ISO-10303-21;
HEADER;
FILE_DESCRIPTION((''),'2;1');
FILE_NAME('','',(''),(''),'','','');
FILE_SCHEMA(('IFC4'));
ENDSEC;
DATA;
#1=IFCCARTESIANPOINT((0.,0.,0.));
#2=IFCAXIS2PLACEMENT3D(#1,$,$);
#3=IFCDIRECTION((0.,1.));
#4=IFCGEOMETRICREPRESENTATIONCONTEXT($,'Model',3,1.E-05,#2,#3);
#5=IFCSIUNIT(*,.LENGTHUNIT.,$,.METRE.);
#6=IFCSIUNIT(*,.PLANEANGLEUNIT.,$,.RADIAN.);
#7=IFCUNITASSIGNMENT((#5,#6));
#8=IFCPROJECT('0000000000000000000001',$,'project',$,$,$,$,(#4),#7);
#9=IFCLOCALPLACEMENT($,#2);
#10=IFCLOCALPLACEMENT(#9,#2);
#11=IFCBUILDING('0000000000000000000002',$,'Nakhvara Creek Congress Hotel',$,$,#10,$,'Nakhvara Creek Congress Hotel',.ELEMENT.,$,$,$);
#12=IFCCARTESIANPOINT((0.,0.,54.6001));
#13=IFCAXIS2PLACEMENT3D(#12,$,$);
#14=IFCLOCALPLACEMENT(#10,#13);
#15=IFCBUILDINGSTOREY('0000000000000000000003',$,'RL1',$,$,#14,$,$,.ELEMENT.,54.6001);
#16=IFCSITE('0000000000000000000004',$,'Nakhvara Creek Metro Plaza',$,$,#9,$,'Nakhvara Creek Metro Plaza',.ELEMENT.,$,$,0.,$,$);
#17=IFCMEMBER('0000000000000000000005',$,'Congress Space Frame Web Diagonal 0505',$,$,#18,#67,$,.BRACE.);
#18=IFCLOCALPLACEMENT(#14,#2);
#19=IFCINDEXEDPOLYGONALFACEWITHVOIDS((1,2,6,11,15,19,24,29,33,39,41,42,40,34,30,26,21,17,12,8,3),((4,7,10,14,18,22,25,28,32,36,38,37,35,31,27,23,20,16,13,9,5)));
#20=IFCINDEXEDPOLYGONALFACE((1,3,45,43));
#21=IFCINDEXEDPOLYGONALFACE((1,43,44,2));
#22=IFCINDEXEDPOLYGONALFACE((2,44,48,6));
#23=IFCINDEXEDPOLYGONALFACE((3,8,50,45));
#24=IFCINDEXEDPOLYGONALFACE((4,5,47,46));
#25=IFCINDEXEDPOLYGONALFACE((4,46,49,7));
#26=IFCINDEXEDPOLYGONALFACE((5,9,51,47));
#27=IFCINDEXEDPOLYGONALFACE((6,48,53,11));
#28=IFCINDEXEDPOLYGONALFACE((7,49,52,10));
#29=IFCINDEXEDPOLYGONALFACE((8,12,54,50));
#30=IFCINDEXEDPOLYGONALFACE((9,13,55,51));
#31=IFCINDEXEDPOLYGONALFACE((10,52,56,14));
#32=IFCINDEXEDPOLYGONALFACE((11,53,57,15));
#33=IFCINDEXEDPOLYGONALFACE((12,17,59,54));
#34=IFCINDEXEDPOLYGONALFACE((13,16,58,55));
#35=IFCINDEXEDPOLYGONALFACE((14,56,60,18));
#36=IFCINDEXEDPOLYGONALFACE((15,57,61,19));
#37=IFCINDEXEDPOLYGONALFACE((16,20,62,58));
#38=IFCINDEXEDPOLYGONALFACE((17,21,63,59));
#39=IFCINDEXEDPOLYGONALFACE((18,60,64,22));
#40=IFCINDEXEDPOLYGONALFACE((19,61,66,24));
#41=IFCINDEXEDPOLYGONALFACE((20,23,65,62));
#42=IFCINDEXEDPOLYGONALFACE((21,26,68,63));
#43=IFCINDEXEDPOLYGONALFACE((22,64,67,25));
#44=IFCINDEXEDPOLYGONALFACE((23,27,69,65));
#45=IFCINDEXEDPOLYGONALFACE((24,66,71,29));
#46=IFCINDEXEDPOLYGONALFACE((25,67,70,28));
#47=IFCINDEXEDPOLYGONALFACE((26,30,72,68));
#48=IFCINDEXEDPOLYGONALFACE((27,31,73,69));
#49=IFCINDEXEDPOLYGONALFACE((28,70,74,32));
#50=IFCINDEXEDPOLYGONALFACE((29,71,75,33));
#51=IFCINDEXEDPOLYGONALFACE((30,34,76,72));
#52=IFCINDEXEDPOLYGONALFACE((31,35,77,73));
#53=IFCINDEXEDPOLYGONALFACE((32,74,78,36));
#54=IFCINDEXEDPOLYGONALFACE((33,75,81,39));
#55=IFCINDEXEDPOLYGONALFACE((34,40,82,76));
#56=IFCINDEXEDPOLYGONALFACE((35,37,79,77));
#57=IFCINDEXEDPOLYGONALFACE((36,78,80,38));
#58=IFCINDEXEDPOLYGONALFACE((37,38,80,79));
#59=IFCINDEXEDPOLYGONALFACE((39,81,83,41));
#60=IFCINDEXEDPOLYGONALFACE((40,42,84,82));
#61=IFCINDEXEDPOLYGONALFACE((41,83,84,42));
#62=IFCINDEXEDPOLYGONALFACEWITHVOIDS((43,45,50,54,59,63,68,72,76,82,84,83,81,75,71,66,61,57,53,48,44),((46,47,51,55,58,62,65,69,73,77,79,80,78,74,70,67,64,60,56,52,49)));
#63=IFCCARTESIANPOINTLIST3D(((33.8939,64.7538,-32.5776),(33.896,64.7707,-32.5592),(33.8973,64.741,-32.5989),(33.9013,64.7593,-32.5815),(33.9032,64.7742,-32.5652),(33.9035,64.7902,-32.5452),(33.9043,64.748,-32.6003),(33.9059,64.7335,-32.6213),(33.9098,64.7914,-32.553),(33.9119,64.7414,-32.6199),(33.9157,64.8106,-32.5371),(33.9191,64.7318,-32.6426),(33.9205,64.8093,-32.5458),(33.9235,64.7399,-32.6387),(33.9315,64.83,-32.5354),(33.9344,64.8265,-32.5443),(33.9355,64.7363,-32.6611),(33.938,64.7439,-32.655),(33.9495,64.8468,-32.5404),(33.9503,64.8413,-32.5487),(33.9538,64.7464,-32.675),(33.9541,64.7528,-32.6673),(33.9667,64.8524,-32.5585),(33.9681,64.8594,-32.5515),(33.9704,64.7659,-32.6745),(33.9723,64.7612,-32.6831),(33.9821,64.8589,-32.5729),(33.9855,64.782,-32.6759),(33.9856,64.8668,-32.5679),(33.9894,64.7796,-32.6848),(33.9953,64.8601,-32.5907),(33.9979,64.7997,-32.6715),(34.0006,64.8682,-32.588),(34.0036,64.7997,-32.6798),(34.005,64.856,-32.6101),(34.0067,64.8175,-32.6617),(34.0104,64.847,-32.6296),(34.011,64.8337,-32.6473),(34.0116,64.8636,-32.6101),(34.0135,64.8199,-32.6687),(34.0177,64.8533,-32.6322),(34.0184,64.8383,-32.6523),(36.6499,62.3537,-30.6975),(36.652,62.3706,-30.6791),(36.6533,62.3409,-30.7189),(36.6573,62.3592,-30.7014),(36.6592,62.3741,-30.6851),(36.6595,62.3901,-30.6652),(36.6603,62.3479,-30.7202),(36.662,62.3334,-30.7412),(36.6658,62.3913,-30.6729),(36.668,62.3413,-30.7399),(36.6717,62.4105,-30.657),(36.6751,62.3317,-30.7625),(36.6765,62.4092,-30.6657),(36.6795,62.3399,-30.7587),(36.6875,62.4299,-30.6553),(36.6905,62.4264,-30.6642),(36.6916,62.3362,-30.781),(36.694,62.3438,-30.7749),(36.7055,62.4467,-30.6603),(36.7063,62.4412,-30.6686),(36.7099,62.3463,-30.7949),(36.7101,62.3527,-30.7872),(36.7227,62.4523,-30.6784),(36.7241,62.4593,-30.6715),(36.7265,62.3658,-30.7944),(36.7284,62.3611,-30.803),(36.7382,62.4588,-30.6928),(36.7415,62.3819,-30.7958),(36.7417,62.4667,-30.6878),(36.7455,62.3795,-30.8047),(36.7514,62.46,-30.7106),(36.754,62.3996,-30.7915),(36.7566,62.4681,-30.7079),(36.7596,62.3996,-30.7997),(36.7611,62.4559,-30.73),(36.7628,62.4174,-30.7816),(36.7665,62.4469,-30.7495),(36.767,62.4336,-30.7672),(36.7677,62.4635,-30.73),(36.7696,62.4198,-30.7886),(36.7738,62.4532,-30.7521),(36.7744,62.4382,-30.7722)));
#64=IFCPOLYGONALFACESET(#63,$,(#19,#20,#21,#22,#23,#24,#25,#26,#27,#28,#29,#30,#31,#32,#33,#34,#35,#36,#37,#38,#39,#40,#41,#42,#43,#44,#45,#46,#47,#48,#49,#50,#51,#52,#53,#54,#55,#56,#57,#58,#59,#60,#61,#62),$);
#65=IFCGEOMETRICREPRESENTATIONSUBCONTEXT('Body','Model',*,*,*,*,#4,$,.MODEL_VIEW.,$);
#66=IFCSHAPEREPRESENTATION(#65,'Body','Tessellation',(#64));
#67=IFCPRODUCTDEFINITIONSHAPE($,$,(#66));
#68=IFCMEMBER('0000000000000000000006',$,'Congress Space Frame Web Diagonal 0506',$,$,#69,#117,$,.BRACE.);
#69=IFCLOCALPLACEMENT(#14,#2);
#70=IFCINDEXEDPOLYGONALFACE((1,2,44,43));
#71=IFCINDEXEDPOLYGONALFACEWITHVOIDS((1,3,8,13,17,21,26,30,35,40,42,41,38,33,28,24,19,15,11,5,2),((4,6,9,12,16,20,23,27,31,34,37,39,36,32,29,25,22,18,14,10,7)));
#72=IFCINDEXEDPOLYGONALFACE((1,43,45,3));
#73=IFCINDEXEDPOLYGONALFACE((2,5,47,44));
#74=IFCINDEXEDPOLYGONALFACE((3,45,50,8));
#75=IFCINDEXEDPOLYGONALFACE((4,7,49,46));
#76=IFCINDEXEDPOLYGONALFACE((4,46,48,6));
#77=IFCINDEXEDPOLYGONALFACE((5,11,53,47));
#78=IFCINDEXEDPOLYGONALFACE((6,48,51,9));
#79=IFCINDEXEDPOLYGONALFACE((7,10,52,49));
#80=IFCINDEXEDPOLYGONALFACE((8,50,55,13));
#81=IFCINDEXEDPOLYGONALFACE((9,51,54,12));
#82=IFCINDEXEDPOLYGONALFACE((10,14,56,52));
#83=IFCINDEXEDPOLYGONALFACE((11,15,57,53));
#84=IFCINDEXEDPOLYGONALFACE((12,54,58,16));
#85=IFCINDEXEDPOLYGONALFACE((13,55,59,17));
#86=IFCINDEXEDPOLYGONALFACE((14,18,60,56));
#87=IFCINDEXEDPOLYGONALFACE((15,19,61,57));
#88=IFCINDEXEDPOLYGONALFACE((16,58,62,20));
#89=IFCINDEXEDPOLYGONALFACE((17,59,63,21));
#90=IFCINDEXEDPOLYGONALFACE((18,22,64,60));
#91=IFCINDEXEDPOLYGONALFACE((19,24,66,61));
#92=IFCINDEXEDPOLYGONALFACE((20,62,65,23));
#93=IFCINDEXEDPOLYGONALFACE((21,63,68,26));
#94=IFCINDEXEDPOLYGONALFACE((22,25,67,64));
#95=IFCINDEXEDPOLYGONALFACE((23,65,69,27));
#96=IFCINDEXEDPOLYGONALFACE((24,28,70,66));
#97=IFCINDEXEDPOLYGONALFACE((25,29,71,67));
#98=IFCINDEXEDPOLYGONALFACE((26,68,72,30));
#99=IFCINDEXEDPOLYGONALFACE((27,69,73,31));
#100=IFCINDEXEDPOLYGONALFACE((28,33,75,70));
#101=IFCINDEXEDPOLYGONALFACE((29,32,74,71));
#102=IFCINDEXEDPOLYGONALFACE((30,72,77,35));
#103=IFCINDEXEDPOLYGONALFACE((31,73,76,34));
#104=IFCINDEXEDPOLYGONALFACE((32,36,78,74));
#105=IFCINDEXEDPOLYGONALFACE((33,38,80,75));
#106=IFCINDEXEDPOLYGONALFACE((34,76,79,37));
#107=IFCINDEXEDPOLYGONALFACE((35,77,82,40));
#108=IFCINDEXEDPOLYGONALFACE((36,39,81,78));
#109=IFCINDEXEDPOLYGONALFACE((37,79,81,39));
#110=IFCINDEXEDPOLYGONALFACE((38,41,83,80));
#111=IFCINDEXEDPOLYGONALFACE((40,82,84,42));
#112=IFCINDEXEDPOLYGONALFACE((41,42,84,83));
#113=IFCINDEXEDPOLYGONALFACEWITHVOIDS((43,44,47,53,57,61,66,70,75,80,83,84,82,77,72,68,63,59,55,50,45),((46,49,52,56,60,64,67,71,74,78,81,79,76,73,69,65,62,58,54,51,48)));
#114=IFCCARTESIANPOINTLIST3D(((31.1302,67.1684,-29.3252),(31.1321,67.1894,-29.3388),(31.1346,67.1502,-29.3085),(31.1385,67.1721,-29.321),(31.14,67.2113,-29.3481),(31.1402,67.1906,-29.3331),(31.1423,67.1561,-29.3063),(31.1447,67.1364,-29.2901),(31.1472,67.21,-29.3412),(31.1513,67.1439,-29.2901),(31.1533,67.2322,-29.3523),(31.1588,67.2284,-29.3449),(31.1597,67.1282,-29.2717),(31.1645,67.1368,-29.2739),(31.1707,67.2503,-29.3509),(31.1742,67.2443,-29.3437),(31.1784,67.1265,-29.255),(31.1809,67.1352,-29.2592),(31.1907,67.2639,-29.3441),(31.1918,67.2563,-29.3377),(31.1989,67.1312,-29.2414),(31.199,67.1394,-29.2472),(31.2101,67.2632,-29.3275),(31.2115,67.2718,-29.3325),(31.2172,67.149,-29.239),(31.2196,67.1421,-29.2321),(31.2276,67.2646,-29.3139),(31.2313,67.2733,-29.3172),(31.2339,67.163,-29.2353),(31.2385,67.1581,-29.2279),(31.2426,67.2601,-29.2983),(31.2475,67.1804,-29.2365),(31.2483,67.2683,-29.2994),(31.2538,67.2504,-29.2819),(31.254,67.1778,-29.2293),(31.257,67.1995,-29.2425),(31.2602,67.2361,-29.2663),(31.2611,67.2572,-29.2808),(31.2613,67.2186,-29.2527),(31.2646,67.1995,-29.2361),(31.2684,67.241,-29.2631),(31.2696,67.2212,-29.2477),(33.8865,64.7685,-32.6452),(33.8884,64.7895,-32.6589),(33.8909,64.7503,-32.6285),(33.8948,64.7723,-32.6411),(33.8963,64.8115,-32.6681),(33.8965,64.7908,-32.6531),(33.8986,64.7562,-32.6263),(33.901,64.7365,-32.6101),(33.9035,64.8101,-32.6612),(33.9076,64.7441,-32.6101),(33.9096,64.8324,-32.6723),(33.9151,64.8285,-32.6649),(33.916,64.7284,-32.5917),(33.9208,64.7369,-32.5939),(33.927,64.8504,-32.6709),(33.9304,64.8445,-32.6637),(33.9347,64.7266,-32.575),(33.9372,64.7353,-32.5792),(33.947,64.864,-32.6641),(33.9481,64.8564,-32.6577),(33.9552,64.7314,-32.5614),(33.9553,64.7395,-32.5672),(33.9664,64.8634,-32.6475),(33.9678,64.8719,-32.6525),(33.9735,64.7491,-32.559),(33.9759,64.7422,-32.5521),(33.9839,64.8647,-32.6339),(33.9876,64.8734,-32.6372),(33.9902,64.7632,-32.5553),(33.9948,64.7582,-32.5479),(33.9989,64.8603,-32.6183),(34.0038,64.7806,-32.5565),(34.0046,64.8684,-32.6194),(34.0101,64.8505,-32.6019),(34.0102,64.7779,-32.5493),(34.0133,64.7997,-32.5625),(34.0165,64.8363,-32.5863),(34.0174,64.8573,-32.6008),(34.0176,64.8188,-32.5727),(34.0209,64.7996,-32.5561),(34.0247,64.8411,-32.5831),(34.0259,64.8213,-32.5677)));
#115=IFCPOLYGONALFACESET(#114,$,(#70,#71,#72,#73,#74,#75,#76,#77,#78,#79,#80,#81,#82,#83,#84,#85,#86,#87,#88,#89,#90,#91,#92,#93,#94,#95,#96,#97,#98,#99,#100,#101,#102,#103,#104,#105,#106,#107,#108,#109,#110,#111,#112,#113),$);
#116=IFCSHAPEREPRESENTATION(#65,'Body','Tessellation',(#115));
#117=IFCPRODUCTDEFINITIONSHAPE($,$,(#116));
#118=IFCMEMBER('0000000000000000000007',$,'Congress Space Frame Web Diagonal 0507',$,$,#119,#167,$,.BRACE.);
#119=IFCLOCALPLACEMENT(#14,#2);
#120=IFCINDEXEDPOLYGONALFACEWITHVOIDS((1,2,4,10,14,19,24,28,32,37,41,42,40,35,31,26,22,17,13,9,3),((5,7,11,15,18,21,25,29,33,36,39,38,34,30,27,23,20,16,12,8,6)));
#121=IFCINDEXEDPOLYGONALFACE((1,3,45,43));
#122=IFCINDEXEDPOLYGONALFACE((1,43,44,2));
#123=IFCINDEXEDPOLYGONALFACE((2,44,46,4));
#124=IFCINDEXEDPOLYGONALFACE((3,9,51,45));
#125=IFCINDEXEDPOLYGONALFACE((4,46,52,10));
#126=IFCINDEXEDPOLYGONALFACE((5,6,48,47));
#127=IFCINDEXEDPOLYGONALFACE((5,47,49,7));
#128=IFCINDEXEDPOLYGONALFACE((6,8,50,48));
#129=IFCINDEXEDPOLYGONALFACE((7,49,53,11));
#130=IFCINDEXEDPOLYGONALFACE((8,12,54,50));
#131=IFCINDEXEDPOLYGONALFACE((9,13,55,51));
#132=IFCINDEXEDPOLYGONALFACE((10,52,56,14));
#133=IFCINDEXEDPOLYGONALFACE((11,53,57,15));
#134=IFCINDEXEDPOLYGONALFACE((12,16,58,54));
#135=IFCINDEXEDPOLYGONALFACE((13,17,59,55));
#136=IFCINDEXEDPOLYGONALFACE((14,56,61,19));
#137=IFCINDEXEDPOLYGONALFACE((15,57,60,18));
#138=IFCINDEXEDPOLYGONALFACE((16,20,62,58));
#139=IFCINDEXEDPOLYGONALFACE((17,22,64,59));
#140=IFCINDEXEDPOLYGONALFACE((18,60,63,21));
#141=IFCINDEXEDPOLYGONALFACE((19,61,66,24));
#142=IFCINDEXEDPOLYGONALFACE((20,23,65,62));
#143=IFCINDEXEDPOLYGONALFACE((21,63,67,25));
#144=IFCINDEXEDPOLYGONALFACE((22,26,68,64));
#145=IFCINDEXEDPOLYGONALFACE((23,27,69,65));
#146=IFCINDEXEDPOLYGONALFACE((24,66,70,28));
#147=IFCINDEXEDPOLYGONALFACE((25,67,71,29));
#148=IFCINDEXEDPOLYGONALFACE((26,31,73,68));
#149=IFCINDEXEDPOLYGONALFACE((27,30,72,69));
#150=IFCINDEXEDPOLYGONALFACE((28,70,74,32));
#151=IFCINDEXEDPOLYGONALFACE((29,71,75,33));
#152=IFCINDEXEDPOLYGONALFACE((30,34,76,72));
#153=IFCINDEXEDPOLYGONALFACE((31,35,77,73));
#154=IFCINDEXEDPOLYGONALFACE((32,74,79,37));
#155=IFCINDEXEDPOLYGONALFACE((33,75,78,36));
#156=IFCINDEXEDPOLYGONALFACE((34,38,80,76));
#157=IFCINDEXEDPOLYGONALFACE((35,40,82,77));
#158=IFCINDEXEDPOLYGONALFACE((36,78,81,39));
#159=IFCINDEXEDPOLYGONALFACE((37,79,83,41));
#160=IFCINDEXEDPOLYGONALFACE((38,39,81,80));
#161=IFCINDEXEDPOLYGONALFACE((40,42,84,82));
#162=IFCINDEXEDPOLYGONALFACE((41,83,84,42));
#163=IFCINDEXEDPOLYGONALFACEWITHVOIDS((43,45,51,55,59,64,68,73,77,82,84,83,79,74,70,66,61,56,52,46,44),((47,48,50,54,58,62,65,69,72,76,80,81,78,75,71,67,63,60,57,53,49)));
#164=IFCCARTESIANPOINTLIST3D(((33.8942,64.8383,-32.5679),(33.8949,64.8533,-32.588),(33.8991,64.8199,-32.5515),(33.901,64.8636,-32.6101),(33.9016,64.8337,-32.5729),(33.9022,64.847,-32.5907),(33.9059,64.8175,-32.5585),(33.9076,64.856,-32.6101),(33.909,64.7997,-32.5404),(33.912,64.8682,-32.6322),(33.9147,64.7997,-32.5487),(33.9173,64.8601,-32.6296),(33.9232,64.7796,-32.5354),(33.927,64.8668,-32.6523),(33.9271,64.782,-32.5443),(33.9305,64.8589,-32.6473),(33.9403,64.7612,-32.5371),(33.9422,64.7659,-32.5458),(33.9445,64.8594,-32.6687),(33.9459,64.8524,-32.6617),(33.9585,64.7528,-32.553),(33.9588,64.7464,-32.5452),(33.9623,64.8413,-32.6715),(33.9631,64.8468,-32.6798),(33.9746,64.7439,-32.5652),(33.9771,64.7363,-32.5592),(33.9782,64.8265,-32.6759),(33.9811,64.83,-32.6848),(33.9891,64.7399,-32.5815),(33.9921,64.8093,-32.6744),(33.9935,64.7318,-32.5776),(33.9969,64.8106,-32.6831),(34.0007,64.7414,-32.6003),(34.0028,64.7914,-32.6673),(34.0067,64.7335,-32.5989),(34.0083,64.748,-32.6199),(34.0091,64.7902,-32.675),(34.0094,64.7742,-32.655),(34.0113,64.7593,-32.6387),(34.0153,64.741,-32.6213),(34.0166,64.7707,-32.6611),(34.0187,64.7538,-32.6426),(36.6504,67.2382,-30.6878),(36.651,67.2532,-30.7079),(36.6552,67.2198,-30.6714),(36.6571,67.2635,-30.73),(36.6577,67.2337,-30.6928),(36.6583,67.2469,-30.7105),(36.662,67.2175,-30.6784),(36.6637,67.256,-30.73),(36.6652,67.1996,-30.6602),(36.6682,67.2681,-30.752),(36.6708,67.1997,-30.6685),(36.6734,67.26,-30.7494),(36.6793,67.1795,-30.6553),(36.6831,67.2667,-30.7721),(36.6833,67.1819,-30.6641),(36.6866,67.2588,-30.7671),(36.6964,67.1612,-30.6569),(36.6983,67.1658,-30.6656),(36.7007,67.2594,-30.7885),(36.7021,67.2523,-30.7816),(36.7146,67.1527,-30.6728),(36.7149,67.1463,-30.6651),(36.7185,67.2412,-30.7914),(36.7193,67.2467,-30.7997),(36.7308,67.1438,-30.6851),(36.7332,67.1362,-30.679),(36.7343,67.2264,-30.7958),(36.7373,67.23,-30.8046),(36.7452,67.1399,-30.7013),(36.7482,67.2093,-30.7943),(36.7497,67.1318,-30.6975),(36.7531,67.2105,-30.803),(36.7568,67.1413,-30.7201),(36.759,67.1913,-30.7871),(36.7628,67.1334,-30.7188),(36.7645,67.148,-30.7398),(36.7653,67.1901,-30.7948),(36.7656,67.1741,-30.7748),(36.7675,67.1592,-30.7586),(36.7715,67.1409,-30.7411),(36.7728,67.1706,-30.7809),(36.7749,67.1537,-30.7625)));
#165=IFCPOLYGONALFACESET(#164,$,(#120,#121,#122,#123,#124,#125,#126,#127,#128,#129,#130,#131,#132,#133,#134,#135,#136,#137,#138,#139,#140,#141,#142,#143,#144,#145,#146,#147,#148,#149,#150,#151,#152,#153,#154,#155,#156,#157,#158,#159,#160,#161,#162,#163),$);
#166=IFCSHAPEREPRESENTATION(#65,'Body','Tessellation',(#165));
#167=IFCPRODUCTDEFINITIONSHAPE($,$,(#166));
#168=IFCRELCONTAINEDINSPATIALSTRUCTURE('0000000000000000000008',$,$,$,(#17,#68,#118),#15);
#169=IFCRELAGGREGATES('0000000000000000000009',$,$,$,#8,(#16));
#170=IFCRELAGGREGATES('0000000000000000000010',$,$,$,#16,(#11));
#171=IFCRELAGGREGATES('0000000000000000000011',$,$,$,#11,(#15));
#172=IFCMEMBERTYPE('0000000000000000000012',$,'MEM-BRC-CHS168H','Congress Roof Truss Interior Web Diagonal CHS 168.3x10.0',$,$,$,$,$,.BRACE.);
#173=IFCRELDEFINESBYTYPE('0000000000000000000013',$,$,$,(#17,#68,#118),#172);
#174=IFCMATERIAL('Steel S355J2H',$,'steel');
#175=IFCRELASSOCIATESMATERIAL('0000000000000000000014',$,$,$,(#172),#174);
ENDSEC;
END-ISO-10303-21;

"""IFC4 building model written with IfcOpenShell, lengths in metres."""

from ifc_helpers import new_model, si_unit, direction, frame, origin, origin_2d, place, context, subcontext, project, spatial, hollow_circle, extrude, material, material_profile, profile_set, type_object, element, save


model = new_model("IFC4")

# Units and contexts
model_context = context("Model", 3, precision=1e-05, world=origin(), true_north=direction((0.0, 1.0)))
body_context = subcontext(model_context, "Body", "Model", "MODEL_VIEW")
ifc_project = project(units=[si_unit("LENGTHUNIT", "METRE"), si_unit("PLANEANGLEUNIT", "RADIAN")], contexts=[model_context])

# Site, building, storey
site_placement = place(None, origin())
site = spatial("IfcSite", under=ifc_project, at=site_placement, Name="Nakhvara Creek Metro Plaza", LongName="Nakhvara Creek Metro Plaza", CompositionType="ELEMENT", RefElevation=0.0)
building_placement = place(site_placement, origin())
building = spatial("IfcBuilding", under=site, at=building_placement, Name="Nakhvara Creek Congress Hotel", LongName="Nakhvara Creek Congress Hotel", CompositionType="ELEMENT")
storey_placement = place(building_placement, frame((0.0, 0.0, 54.6001)))
storey = spatial("IfcBuildingStorey", under=building, at=storey_placement, Name="RL1", CompositionType="ELEMENT", Elevation=54.6001)

# Members
ifc_material_1 = material(Name="Steel S355J2H", Category="steel")
ifc_material_profile_1 = material_profile(ifc_material_1, hollow_circle(Radius=0.0842, WallThickness=0.01, at=origin_2d()), Name="CHS 168.3x10.0", Category="LoadBearing")
ifc_profile_set_1 = profile_set([ifc_material_profile_1], Name="Steel S355J2H")
member_type_1 = type_object("IfcMemberType", Name="MEM-BRC-CHS168H", Description="Congress Roof Truss Interior Web Diagonal CHS 168.3x10.0", PredefinedType="BRACE", material=ifc_profile_set_1)
member_1_placement = place(storey_placement, frame((33.9563, 64.8, -32.6101), z_axis=(0.670593, -0.583984, 0.457457), x_axis=(0.656729, 0.754126, 0.0)))
element("IfcMember", 1, at=member_1_placement, inside=storey, type_object=member_type_1, Name="Congress Space Frame Web Diagonal 0505", PredefinedType="BRACE", context=body_context, shape_type="SweptSolid", body=[
    extrude(hollow_circle(Radius=0.0842, WallThickness=0.01, at=origin_2d()), origin(), (0.0, 0.0, 1.0), 4.1099),
])
member_2_placement = place(storey_placement, frame((33.9563, 64.8, -32.6101), z_axis=(-0.558237, 0.486047, 0.672406), x_axis=(-0.656658, -0.754188, 0.0)))
element("IfcMember", 2, at=member_2_placement, inside=storey, type_object=member_type_1, Name="Congress Space Frame Web Diagonal 0506", PredefinedType="BRACE", context=body_context, shape_type="SweptSolid", body=[
    extrude(hollow_circle(Radius=0.0842, WallThickness=0.01, at=origin_2d()), origin(), (0.0, 0.0, 1.0), 4.9375),
])
member_3_placement = place(storey_placement, frame((33.9563, 64.8, -32.6101), z_axis=(0.670616, 0.583945, 0.457473), x_axis=(-0.656691, 0.75416, 0.0)))
element("IfcMember", 3, at=member_3_placement, inside=storey, type_object=member_type_1, Name="Congress Space Frame Web Diagonal 0507", PredefinedType="BRACE", context=body_context, shape_type="SweptSolid", body=[
    extrude(hollow_circle(Radius=0.0842, WallThickness=0.01, at=origin_2d()), origin(), (0.0, 0.0, 1.0), 4.1099),
])

save(model, "model.ifc")
